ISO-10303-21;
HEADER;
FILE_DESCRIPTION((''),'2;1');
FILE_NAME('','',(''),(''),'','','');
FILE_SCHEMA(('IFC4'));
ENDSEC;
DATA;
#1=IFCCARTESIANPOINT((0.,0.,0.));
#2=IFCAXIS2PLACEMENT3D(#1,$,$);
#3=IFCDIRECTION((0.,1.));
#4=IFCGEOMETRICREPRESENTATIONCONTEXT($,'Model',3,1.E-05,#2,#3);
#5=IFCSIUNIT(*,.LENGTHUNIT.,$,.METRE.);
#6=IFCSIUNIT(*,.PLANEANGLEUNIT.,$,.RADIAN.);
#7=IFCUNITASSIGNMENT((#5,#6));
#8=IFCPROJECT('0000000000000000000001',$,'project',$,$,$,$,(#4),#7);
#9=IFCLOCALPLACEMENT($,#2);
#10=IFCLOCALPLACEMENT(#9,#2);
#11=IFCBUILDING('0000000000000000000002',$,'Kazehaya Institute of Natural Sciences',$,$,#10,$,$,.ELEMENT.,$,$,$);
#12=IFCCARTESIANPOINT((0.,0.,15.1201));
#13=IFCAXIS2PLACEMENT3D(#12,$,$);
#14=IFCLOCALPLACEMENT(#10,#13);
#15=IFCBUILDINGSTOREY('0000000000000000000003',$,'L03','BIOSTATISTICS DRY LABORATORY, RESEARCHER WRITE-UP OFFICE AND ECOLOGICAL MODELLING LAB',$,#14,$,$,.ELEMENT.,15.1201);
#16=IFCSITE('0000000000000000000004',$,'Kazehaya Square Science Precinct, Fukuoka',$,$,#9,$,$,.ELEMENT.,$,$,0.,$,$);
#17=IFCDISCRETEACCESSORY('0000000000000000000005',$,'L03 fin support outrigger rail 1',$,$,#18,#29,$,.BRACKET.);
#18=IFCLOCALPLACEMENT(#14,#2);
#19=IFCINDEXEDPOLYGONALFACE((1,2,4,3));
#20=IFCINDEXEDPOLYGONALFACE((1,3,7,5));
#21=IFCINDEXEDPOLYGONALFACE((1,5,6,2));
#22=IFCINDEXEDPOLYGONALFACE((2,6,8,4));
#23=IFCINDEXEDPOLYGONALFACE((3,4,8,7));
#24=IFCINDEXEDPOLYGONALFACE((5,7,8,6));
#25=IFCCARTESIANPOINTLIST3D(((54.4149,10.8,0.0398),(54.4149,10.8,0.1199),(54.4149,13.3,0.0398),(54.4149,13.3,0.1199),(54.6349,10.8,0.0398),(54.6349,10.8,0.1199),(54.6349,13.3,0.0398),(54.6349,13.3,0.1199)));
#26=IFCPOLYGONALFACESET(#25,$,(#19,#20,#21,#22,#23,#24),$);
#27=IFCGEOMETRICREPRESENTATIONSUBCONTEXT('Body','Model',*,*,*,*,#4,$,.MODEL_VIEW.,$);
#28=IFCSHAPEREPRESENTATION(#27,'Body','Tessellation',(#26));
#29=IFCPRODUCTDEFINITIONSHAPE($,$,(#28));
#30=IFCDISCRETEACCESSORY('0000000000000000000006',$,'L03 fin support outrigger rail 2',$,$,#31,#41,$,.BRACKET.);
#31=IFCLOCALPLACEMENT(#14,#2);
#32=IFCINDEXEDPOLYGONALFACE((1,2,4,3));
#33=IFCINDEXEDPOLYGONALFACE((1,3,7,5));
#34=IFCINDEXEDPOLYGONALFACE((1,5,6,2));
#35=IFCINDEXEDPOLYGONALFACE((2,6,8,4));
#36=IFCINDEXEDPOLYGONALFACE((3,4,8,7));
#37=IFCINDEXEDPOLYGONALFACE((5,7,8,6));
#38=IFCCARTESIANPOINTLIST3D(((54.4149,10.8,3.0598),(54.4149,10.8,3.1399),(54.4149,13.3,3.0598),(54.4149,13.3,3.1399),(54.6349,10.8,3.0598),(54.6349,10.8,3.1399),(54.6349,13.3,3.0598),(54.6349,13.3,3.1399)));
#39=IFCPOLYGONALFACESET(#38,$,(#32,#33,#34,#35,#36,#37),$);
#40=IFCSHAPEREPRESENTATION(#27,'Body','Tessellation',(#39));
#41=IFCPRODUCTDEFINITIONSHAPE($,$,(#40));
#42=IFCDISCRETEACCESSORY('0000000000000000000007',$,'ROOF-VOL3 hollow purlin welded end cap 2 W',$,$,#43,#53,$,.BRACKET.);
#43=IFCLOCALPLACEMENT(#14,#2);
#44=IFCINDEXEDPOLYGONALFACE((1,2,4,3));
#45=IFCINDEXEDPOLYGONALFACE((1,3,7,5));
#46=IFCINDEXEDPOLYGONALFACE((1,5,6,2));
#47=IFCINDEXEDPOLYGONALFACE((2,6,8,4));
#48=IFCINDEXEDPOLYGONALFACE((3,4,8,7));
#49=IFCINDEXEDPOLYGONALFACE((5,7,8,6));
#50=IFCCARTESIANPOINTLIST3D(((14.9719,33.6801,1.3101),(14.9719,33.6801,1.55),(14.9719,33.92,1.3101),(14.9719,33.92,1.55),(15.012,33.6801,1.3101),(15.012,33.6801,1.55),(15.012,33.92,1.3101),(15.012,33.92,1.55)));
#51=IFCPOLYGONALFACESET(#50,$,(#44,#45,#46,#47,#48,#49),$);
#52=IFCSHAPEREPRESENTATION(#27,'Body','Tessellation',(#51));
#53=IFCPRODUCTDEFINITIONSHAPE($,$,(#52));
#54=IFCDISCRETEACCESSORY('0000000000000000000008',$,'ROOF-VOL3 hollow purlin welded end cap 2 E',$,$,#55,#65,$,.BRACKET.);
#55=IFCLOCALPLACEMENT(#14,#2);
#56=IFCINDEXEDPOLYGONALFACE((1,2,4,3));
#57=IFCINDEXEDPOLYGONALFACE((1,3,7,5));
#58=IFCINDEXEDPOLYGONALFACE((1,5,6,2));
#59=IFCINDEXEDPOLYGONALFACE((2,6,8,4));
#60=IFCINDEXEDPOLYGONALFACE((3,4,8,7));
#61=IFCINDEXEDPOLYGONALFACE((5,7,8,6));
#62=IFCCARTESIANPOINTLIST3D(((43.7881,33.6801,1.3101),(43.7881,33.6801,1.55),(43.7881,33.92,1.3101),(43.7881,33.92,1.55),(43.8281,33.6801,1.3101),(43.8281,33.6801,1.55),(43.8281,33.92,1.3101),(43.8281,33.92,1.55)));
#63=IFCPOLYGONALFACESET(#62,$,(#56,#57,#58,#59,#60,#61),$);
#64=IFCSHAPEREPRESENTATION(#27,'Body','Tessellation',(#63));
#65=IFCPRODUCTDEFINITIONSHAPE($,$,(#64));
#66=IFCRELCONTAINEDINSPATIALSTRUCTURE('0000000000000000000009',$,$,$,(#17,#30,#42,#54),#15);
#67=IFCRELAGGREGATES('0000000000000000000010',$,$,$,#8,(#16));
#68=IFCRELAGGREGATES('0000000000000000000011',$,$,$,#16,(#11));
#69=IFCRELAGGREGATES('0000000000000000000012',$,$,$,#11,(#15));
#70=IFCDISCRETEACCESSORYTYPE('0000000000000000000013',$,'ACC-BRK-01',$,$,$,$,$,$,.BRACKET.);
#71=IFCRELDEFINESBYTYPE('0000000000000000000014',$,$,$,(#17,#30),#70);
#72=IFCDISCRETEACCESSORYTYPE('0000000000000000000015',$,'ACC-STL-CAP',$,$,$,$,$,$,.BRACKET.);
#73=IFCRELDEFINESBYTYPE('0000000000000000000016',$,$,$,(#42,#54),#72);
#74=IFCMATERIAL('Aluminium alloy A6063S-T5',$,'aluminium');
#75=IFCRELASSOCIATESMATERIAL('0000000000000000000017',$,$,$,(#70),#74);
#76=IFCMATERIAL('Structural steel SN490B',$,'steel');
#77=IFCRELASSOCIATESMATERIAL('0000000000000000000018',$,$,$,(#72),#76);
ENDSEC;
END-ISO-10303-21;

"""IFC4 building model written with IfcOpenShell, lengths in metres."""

from ifc_helpers import new_model, si_unit, direction, frame, origin, origin_2d, place, context, subcontext, project, spatial, rectangle, extrude, material, type_object, element, save


model = new_model("IFC4")

# Units and contexts
model_context = context("Model", 3, precision=1e-05, world=origin(), true_north=direction((0.0, 1.0)))
body_context = subcontext(model_context, "Body", "Model", "MODEL_VIEW")
ifc_project = project(units=[si_unit("LENGTHUNIT", "METRE"), si_unit("PLANEANGLEUNIT", "RADIAN")], contexts=[model_context])

# Site, building, storey
site_placement = place(None, origin())
site = spatial("IfcSite", under=ifc_project, at=site_placement, Name="Kazehaya Square Science Precinct, Fukuoka", CompositionType="ELEMENT", RefElevation=0.0)
building_placement = place(site_placement, origin())
building = spatial("IfcBuilding", under=site, at=building_placement, Name="Kazehaya Institute of Natural Sciences", CompositionType="ELEMENT")
storey_placement = place(building_placement, frame((0.0, 0.0, 15.1201)))
storey = spatial("IfcBuildingStorey", under=building, at=storey_placement, Name="L03", Description="BIOSTATISTICS DRY LABORATORY, RESEARCHER WRITE-UP OFFICE AND ECOLOGICAL MODELLING LAB", CompositionType="ELEMENT", Elevation=15.1201)

# Shared definitions
ifc_material_1 = material(Name="Structural steel SN490B", Category="steel")

# Discrete accessories
ifc_material_2 = material(Name="Aluminium alloy A6063S-T5", Category="aluminium")
discrete_accessory_type_1 = type_object("IfcDiscreteAccessoryType", Name="ACC-BRK-01", PredefinedType="BRACKET", material=ifc_material_2)
for number, where, z_axis, x_axis, name in (
    (1, (54.5249, 12.05, 0.0398), (0.0, 0.0, 1.0), (0.0, 1.0, 0.0), "L03 fin support outrigger rail 1"),
    (2, (54.5249, 12.05, 3.0598), (0.0, 0.0, 1.0), (0.0, 1.0, 0.0), "L03 fin support outrigger rail 2"),
):
    element("IfcDiscreteAccessory", number, at=place(storey_placement, frame(where, z_axis=z_axis, x_axis=x_axis)), inside=storey, type_object=discrete_accessory_type_1, Name=name, PredefinedType="BRACKET", context=body_context, shape_type="SweptSolid", body=[
        extrude(rectangle(XDim=2.5, YDim=0.22, at=origin_2d()), origin(), (0.0, 0.0, 1.0), 0.0801),
    ])
discrete_accessory_type_2 = type_object("IfcDiscreteAccessoryType", Name="ACC-STL-CAP", PredefinedType="BRACKET", material=ifc_material_1)
for number, where, z_axis, x_axis, name in (
    (3, (14.9919, 33.8, 1.3101), (0.0, 0.0, 1.0), (1.0, 0.0, 0.0), "ROOF-VOL3 hollow purlin welded end cap 2 W"),
    (4, (43.8081, 33.8, 1.3101), (0.0, 0.0, 1.0), (1.0, 0.0, 0.0), "ROOF-VOL3 hollow purlin welded end cap 2 E"),
):
    element("IfcDiscreteAccessory", number, at=place(storey_placement, frame(where, z_axis=z_axis, x_axis=x_axis)), inside=storey, type_object=discrete_accessory_type_2, Name=name, PredefinedType="BRACKET", context=body_context, shape_type="SweptSolid", body=[
        extrude(rectangle(XDim=0.04, YDim=0.24, at=origin_2d()), origin(), (0.0, 0.0, 1.0), 0.24),
    ])

save(model, "model.ifc")
